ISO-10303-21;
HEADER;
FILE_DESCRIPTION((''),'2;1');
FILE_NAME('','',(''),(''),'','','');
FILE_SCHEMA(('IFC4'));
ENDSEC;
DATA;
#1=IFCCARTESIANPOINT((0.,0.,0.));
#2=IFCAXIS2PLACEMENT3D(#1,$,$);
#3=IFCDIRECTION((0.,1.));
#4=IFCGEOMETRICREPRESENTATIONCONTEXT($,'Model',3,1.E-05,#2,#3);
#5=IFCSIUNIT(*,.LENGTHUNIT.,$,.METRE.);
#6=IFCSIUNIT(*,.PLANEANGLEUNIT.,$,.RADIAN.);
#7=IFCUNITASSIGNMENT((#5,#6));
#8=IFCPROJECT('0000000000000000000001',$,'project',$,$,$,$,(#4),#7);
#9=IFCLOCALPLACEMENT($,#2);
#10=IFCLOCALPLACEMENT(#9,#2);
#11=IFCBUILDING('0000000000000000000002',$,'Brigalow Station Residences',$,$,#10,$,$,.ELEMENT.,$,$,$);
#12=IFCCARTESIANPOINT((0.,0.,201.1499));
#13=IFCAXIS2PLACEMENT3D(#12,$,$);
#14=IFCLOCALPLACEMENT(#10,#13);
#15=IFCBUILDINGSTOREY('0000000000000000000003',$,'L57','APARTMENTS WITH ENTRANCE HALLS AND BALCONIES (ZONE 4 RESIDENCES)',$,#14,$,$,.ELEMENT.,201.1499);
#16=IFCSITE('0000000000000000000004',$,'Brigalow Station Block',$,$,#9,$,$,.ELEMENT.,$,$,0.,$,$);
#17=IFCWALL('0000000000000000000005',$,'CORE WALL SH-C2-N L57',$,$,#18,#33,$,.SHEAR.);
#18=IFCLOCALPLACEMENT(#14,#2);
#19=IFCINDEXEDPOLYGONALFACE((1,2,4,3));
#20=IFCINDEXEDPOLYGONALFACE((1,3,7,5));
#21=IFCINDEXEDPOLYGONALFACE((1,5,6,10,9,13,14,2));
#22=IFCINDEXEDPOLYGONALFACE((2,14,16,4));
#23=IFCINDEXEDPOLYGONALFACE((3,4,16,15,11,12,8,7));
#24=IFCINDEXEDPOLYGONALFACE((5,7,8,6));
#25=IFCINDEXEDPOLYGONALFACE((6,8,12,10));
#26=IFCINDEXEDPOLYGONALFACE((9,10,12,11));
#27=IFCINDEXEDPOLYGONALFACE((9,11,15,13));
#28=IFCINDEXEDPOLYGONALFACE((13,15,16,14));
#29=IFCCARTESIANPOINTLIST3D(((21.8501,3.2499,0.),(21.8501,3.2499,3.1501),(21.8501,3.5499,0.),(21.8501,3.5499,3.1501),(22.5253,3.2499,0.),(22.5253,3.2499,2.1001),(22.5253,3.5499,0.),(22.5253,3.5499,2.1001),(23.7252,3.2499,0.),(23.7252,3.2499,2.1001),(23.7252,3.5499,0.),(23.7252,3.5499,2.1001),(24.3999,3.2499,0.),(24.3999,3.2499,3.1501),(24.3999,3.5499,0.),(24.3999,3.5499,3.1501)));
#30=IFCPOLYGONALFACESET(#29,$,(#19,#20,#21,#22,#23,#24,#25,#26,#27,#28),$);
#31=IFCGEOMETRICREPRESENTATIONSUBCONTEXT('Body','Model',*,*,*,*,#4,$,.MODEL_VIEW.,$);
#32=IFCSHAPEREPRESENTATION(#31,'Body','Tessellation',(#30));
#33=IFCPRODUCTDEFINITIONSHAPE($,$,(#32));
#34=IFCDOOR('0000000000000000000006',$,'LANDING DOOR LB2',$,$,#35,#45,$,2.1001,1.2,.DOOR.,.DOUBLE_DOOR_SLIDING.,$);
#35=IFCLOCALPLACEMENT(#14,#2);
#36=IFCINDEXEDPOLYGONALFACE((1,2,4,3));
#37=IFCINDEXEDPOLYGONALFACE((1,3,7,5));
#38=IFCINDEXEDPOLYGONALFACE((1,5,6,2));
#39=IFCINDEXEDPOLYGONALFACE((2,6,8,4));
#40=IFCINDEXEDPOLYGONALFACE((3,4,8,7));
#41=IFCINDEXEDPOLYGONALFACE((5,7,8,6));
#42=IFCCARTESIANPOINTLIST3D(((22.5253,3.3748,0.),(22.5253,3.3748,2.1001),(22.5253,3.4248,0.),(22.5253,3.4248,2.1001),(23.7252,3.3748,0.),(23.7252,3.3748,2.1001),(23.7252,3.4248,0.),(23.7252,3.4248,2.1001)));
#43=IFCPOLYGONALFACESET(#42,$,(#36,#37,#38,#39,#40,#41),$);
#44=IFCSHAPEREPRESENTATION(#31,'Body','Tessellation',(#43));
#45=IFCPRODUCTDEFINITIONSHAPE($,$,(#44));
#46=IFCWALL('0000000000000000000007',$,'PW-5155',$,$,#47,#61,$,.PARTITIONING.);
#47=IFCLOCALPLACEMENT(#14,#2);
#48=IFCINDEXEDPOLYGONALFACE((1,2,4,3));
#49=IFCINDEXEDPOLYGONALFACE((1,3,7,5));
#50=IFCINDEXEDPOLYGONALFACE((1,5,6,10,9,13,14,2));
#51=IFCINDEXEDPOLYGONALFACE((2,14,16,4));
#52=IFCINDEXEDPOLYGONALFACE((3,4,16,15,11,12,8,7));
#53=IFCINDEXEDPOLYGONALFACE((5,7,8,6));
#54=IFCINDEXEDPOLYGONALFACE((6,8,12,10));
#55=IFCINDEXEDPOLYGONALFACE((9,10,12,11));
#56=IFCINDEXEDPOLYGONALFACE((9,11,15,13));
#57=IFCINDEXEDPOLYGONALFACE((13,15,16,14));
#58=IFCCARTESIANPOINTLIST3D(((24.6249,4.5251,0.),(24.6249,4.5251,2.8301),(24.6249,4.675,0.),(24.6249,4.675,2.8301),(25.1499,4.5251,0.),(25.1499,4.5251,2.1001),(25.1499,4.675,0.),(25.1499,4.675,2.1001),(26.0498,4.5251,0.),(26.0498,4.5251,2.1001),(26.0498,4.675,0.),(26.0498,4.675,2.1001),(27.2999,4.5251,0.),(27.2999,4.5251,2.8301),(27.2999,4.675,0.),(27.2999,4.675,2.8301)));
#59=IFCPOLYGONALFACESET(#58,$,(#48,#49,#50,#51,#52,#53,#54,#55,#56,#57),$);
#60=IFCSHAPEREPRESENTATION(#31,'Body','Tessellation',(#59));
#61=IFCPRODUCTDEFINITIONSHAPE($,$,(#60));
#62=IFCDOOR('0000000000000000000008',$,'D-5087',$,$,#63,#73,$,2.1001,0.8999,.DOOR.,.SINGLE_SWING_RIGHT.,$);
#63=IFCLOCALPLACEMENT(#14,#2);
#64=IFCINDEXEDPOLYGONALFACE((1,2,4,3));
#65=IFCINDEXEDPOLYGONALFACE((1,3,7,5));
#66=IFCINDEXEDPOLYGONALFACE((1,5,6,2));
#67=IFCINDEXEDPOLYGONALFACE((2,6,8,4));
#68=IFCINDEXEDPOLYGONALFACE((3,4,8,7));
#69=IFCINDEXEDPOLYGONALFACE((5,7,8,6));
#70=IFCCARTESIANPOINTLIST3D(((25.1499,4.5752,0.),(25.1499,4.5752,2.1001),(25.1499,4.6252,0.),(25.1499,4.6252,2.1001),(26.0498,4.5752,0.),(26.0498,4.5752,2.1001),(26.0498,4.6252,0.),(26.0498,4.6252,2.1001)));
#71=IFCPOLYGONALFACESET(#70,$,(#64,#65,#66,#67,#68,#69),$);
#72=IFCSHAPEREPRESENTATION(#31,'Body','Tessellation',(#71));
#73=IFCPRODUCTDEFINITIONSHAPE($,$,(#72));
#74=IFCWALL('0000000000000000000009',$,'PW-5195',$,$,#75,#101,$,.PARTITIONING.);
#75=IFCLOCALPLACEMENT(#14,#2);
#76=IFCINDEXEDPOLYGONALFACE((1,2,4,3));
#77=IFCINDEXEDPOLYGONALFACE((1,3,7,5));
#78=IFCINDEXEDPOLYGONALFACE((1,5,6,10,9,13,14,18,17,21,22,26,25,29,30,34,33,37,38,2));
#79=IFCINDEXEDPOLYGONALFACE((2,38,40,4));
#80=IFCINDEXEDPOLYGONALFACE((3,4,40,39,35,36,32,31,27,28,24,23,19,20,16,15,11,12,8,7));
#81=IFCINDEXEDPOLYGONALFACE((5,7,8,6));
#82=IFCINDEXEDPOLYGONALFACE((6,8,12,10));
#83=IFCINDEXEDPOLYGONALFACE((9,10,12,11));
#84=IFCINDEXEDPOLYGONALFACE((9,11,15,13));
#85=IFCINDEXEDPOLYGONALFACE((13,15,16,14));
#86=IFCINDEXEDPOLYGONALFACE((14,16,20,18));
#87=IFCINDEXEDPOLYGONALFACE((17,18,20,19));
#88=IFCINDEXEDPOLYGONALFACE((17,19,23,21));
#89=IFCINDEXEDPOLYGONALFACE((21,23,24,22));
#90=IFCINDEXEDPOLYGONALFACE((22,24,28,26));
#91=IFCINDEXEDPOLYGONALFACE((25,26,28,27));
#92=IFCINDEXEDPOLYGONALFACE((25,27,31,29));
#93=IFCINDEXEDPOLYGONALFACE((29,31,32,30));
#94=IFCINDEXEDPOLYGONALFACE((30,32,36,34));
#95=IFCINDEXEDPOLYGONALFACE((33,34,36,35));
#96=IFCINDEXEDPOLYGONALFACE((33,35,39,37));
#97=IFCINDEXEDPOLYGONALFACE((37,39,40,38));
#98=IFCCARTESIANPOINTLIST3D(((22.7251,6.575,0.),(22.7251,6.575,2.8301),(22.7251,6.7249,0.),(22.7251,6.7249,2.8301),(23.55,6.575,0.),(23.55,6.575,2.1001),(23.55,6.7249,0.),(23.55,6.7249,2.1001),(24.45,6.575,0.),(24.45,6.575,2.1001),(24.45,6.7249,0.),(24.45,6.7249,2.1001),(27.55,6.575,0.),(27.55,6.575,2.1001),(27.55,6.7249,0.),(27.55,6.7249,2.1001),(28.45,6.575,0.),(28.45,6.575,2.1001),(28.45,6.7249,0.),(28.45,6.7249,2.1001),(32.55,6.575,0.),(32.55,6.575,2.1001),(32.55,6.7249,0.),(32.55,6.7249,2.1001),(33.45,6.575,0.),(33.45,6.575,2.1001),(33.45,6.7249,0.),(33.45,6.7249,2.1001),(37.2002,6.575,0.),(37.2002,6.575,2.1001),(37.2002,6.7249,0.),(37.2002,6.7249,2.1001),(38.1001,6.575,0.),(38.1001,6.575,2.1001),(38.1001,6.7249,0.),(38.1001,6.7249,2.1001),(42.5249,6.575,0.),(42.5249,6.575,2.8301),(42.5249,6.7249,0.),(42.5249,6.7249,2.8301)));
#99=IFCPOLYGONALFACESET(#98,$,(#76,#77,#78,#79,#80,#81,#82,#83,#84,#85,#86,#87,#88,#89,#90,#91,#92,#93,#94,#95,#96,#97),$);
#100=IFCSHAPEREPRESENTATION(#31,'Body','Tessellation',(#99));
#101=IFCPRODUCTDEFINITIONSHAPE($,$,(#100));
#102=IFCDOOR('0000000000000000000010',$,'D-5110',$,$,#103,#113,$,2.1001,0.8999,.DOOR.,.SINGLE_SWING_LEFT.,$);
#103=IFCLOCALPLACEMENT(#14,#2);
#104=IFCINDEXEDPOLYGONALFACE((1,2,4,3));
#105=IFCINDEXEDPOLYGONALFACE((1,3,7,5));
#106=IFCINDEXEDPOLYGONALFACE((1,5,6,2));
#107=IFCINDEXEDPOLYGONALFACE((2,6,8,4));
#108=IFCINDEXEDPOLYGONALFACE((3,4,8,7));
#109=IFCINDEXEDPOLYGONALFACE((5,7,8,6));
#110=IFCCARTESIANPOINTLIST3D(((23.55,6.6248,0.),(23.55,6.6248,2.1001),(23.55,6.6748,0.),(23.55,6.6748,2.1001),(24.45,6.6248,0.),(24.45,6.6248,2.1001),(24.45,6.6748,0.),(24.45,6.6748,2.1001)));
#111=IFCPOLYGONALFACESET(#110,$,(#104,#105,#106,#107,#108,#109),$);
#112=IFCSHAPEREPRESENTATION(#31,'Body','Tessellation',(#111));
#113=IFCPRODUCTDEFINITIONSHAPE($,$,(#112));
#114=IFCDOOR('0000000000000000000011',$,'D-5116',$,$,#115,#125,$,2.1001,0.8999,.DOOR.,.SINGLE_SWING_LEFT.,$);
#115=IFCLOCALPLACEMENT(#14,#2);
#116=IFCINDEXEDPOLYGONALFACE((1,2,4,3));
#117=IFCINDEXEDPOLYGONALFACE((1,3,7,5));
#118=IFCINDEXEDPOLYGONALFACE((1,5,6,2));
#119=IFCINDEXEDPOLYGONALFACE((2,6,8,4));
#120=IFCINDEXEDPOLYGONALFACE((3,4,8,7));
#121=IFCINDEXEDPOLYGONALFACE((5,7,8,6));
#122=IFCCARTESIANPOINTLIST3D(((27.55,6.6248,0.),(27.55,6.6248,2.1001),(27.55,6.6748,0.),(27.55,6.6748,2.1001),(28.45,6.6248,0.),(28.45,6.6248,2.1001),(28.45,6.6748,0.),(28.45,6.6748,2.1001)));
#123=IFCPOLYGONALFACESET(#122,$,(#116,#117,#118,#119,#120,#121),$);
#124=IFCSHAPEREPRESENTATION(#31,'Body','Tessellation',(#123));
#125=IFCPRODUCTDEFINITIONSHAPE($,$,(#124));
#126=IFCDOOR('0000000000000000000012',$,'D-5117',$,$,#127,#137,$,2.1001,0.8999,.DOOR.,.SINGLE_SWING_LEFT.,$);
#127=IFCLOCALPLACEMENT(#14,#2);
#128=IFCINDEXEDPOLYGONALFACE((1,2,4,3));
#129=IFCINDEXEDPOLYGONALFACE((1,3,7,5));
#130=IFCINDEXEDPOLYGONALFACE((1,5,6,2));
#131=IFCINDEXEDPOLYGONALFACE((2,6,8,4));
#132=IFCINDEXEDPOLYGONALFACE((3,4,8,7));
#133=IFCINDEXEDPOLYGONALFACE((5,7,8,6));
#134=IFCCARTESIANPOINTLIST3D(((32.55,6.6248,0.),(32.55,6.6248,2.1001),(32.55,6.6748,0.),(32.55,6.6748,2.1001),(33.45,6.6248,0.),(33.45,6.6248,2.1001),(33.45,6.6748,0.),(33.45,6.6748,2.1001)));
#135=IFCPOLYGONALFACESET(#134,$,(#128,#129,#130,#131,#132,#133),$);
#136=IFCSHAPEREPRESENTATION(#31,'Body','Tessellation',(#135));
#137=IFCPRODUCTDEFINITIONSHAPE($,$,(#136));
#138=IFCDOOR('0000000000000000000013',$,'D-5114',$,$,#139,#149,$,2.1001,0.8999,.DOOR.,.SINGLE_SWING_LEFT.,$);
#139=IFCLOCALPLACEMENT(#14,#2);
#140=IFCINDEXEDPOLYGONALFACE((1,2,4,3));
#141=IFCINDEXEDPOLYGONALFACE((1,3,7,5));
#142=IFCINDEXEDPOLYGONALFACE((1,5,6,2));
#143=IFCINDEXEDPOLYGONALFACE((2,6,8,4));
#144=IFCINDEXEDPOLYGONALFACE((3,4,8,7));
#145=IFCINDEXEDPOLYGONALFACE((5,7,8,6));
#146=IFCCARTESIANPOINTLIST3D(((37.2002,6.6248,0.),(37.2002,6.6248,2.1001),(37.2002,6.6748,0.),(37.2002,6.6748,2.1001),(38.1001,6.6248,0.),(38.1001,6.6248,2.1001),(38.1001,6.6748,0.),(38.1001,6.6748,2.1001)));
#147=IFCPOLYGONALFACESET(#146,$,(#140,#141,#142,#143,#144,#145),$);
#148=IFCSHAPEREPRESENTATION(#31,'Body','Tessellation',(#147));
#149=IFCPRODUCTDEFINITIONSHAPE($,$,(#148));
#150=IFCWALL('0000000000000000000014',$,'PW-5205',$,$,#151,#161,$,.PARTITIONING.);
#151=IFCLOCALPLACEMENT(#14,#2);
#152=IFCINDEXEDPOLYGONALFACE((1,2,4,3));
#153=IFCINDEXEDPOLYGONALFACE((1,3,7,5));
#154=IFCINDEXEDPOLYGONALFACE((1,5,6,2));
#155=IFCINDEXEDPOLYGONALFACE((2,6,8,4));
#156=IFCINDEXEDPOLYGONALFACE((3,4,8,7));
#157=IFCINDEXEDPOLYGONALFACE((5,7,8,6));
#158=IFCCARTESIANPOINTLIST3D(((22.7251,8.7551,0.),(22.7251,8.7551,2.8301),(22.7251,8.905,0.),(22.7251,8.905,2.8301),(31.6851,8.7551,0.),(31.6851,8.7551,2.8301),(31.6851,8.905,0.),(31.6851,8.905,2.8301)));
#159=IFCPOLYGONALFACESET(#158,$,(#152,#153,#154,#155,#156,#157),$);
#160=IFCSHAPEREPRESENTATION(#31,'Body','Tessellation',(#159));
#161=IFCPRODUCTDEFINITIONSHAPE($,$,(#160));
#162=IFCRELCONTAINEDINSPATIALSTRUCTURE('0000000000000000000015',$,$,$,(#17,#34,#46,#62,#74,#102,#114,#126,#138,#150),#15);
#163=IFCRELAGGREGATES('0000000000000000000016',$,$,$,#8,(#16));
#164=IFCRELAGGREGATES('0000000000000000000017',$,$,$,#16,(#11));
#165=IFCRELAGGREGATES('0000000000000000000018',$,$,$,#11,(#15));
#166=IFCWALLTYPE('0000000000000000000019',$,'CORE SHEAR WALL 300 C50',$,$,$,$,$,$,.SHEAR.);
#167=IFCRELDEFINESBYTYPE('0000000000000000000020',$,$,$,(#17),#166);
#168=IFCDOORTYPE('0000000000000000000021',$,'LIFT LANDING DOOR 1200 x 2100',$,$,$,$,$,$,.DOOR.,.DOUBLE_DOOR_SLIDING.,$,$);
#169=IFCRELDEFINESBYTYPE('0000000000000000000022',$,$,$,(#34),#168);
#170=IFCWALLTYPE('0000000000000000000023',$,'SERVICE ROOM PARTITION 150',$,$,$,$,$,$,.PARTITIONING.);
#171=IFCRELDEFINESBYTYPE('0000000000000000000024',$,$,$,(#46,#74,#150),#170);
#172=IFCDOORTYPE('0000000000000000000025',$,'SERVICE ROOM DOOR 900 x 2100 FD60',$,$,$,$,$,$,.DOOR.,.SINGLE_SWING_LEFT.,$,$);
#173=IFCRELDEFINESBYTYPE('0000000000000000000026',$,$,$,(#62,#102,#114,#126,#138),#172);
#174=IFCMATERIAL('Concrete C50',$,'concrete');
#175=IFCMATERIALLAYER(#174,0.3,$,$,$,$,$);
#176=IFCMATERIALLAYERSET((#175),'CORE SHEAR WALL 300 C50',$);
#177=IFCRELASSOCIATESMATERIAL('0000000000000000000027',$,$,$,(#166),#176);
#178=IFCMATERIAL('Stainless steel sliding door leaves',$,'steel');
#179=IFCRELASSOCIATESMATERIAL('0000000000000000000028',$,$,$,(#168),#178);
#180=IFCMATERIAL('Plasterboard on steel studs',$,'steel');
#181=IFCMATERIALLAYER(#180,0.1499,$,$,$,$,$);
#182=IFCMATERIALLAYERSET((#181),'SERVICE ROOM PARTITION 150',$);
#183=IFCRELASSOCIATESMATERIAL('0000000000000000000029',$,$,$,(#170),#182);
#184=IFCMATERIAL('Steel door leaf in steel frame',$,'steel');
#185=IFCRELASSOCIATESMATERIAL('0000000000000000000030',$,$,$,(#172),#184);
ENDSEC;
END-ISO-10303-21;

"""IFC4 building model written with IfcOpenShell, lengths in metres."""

from ifc_helpers import new_model, si_unit, direction, frame, frame_2d, origin, place, context, subcontext, project, spatial, rectangle, extrude, material, layer, layer_set, type_object, element, fill, save


model = new_model("IFC4")

# Units and contexts
model_context = context("Model", 3, precision=1e-05, world=origin(), true_north=direction((0.0, 1.0)))
body_context = subcontext(model_context, "Body", "Model", "MODEL_VIEW")
ifc_project = project(units=[si_unit("LENGTHUNIT", "METRE"), si_unit("PLANEANGLEUNIT", "RADIAN")], contexts=[model_context])

# Site, building, storey
site_placement = place(None, origin())
site = spatial("IfcSite", under=ifc_project, at=site_placement, Name="Brigalow Station Block", CompositionType="ELEMENT", RefElevation=0.0)
building_placement = place(site_placement, origin())
building = spatial("IfcBuilding", under=site, at=building_placement, Name="Brigalow Station Residences", CompositionType="ELEMENT")
storey_placement = place(building_placement, frame((0.0, 0.0, 201.1499)))
storey = spatial("IfcBuildingStorey", under=building, at=storey_placement, Name="L57", Description="APARTMENTS WITH ENTRANCE HALLS AND BALCONIES (ZONE 4 RESIDENCES)", CompositionType="ELEMENT", Elevation=201.1499)

# Walls, openings, doors
ifc_material_1 = material(Name="Concrete C50", Category="concrete")
ifc_layer_1 = layer(ifc_material_1, 0.3)
ifc_layer_set_1 = layer_set([ifc_layer_1], Name="CORE SHEAR WALL 300 C50")
wall_type_1 = type_object("IfcWallType", Name="CORE SHEAR WALL 300 C50", PredefinedType="SHEAR", material=ifc_layer_set_1)
wall_1_placement = place(storey_placement, frame((21.8501, 3.3999, 0.0), z_axis=(0.0, 0.0, 1.0), x_axis=(1.0, 0.0, 0.0)))
wall_1 = element("IfcWall", 1, at=wall_1_placement, inside=storey, type_object=wall_type_1, Name="CORE WALL SH-C2-N L57", PredefinedType="SHEAR", context=body_context, shape_type="SweptSolid", body=[
    extrude(rectangle(XDim=2.5498, YDim=0.3, at=frame_2d((1.2749, 0.0))), origin(), (0.0, 0.0, 1.0), 3.1501),
])
opening_1_placement = place(wall_1_placement, frame((0.675, 0.0, 0.0)))
opening_1 = element("IfcOpeningElement", 2, at=opening_1_placement, cuts=wall_1, PredefinedType="OPENING", context=body_context, shape_type="SweptSolid", body=[
    extrude(rectangle(XDim=1.2, YDim=2.1001, at=frame_2d((0.6001, 1.05))), frame((0.0, 0.1602, 0.0), z_axis=(0.0, -1.0, 0.0), x_axis=(1.0, 0.0, 0.0)), (0.0, 0.0, 1.0), 0.3201),
])
ifc_material_2 = material(Name="Stainless steel sliding door leaves", Category="steel")
door_type_1 = type_object("IfcDoorType", Name="LIFT LANDING DOOR 1200 x 2100", OperationType="DOUBLE_DOOR_SLIDING", PredefinedType="DOOR", material=ifc_material_2)
door_1_placement = place(opening_1_placement, origin())
door_1 = element("IfcDoor", 3, at=door_1_placement, inside=storey, type_object=door_type_1, Name="LANDING DOOR LB2", OperationType="DOUBLE_DOOR_SLIDING", OverallHeight=2.1001, OverallWidth=1.2, PredefinedType="DOOR", context=body_context, shape_type="SweptSolid", body=[
    extrude(rectangle(XDim=1.2, YDim=2.1001, at=frame_2d((0.6001, 1.05))), frame((0.0, 0.0249, 0.0), z_axis=(0.0, -1.0, 0.0), x_axis=(1.0, 0.0, 0.0)), (0.0, 0.0, 1.0), 0.05),
])
fill(opening_1, door_1)
ifc_material_3 = material(Name="Plasterboard on steel studs", Category="steel")
ifc_layer_2 = layer(ifc_material_3, 0.1499)
ifc_layer_set_2 = layer_set([ifc_layer_2], Name="SERVICE ROOM PARTITION 150")
wall_type_2 = type_object("IfcWallType", Name="SERVICE ROOM PARTITION 150", PredefinedType="PARTITIONING", material=ifc_layer_set_2)
wall_2_placement = place(storey_placement, frame((24.625, 4.6001, 0.0), z_axis=(0.0, 0.0, 1.0), x_axis=(1.0, 0.0, 0.0)))
wall_2 = element("IfcWall", 4, at=wall_2_placement, inside=storey, type_object=wall_type_2, Name="PW-5155", PredefinedType="PARTITIONING", context=body_context, shape_type="SweptSolid", body=[
    extrude(rectangle(XDim=2.675, YDim=0.1499, at=frame_2d((1.3374, 0.0))), origin(), (0.0, 0.0, 1.0), 2.8301),
])
opening_2_placement = place(wall_2_placement, frame((0.5249, 0.0, 0.0)))
opening_2 = element("IfcOpeningElement", 5, at=opening_2_placement, cuts=wall_2, PredefinedType="OPENING", context=body_context, shape_type="SweptSolid", body=[
    extrude(rectangle(XDim=0.8999, YDim=2.1001, at=frame_2d((0.45, 1.05))), frame((0.0, 0.085, 0.0), z_axis=(0.0, -1.0, 0.0), x_axis=(1.0, 0.0, 0.0)), (0.0, 0.0, 1.0), 0.1699),
])
ifc_material_4 = material(Name="Steel door leaf in steel frame", Category="steel")
door_type_2 = type_object("IfcDoorType", Name="SERVICE ROOM DOOR 900 x 2100 FD60", OperationType="SINGLE_SWING_LEFT", PredefinedType="DOOR", material=ifc_material_4)
door_2_placement = place(opening_2_placement, frame((0.8999, 0.0, 0.0), z_axis=(0.0, 0.0, 1.0), x_axis=(-1.0, 0.0, 0.0)))
door_2 = element("IfcDoor", 6, at=door_2_placement, inside=storey, type_object=door_type_2, Name="D-5087", OperationType="SINGLE_SWING_RIGHT", OverallHeight=2.1001, OverallWidth=0.8999, PredefinedType="DOOR", context=body_context, shape_type="SweptSolid", body=[
    extrude(rectangle(XDim=0.8999, YDim=2.1001, at=frame_2d((0.45, 1.05))), frame((0.0, 0.0249, 0.0), z_axis=(0.0, -1.0, 0.0), x_axis=(1.0, 0.0, 0.0)), (0.0, 0.0, 1.0), 0.05),
])
fill(opening_2, door_2)

# Wall, openings, doors
wall_3_placement = place(storey_placement, frame((22.7251, 6.6499, 0.0), z_axis=(0.0, 0.0, 1.0), x_axis=(1.0, 0.0, 0.0)))
wall_3 = element("IfcWall", 7, at=wall_3_placement, inside=storey, type_object=wall_type_2, Name="PW-5195", PredefinedType="PARTITIONING", context=body_context, shape_type="SweptSolid", body=[
    extrude(rectangle(XDim=19.7998, YDim=0.1499, at=frame_2d((9.8999, 0.0))), origin(), (0.0, 0.0, 1.0), 2.8301),
])
opening_3_placement = place(wall_3_placement, frame((0.825, 0.0, 0.0)))
opening_3 = element("IfcOpeningElement", 8, at=opening_3_placement, cuts=wall_3, PredefinedType="OPENING", context=body_context, shape_type="SweptSolid", body=[
    extrude(rectangle(XDim=0.8999, YDim=2.1001, at=frame_2d((0.45, 1.05))), frame((0.0, 0.085, 0.0), z_axis=(0.0, -1.0, 0.0), x_axis=(1.0, 0.0, 0.0)), (0.0, 0.0, 1.0), 0.1699),
])
opening_4_placement = place(wall_3_placement, frame((4.825, 0.0, 0.0)))
opening_4 = element("IfcOpeningElement", 9, at=opening_4_placement, cuts=wall_3, PredefinedType="OPENING", context=body_context, shape_type="SweptSolid", body=[
    extrude(rectangle(XDim=0.8999, YDim=2.1001, at=frame_2d((0.45, 1.05))), frame((0.0, 0.085, 0.0), z_axis=(0.0, -1.0, 0.0), x_axis=(1.0, 0.0, 0.0)), (0.0, 0.0, 1.0), 0.1699),
])
opening_5_placement = place(wall_3_placement, frame((9.825, 0.0, 0.0)))
opening_5 = element("IfcOpeningElement", 10, at=opening_5_placement, cuts=wall_3, PredefinedType="OPENING", context=body_context, shape_type="SweptSolid", body=[
    extrude(rectangle(XDim=0.8999, YDim=2.1001, at=frame_2d((0.45, 1.05))), frame((0.0, 0.085, 0.0), z_axis=(0.0, -1.0, 0.0), x_axis=(1.0, 0.0, 0.0)), (0.0, 0.0, 1.0), 0.1699),
])
opening_6_placement = place(wall_3_placement, frame((14.4751, 0.0, 0.0)))
opening_6 = element("IfcOpeningElement", 11, at=opening_6_placement, cuts=wall_3, PredefinedType="OPENING", context=body_context, shape_type="SweptSolid", body=[
    extrude(rectangle(XDim=0.8999, YDim=2.1001, at=frame_2d((0.45, 1.05))), frame((0.0, 0.085, 0.0), z_axis=(0.0, -1.0, 0.0), x_axis=(1.0, 0.0, 0.0)), (0.0, 0.0, 1.0), 0.1699),
])
door_3_placement = place(opening_3_placement, origin())
door_3 = element("IfcDoor", 12, at=door_3_placement, inside=storey, type_object=door_type_2, Name="D-5110", OperationType="SINGLE_SWING_LEFT", OverallHeight=2.1001, OverallWidth=0.8999, PredefinedType="DOOR", context=body_context, shape_type="SweptSolid", body=[
    extrude(rectangle(XDim=0.8999, YDim=2.1001, at=frame_2d((0.45, 1.05))), frame((0.0, 0.0249, 0.0), z_axis=(0.0, -1.0, 0.0), x_axis=(1.0, 0.0, 0.0)), (0.0, 0.0, 1.0), 0.05),
])
fill(opening_3, door_3)
door_4_placement = place(opening_4_placement, origin())
door_4 = element("IfcDoor", 13, at=door_4_placement, inside=storey, type_object=door_type_2, Name="D-5116", OperationType="SINGLE_SWING_LEFT", OverallHeight=2.1001, OverallWidth=0.8999, PredefinedType="DOOR", context=body_context, shape_type="SweptSolid", body=[
    extrude(rectangle(XDim=0.8999, YDim=2.1001, at=frame_2d((0.45, 1.05))), frame((0.0, 0.0249, 0.0), z_axis=(0.0, -1.0, 0.0), x_axis=(1.0, 0.0, 0.0)), (0.0, 0.0, 1.0), 0.05),
])
fill(opening_4, door_4)
door_5_placement = place(opening_5_placement, origin())
door_5 = element("IfcDoor", 14, at=door_5_placement, inside=storey, type_object=door_type_2, Name="D-5117", OperationType="SINGLE_SWING_LEFT", OverallHeight=2.1001, OverallWidth=0.8999, PredefinedType="DOOR", context=body_context, shape_type="SweptSolid", body=[
    extrude(rectangle(XDim=0.8999, YDim=2.1001, at=frame_2d((0.45, 1.05))), frame((0.0, 0.0249, 0.0), z_axis=(0.0, -1.0, 0.0), x_axis=(1.0, 0.0, 0.0)), (0.0, 0.0, 1.0), 0.05),
])
fill(opening_5, door_5)
door_6_placement = place(opening_6_placement, origin())
door_6 = element("IfcDoor", 15, at=door_6_placement, inside=storey, type_object=door_type_2, Name="D-5114", OperationType="SINGLE_SWING_LEFT", OverallHeight=2.1001, OverallWidth=0.8999, PredefinedType="DOOR", context=body_context, shape_type="SweptSolid", body=[
    extrude(rectangle(XDim=0.8999, YDim=2.1001, at=frame_2d((0.45, 1.05))), frame((0.0, 0.0249, 0.0), z_axis=(0.0, -1.0, 0.0), x_axis=(1.0, 0.0, 0.0)), (0.0, 0.0, 1.0), 0.05),
])
fill(opening_6, door_6)

# Wall
wall_4_placement = place(storey_placement, frame((22.7251, 8.8301, 0.0), z_axis=(0.0, 0.0, 1.0), x_axis=(1.0, 0.0, 0.0)))
element("IfcWall", 16, at=wall_4_placement, inside=storey, type_object=wall_type_2, Name="PW-5205", PredefinedType="PARTITIONING", context=body_context, shape_type="SweptSolid", body=[
    extrude(rectangle(XDim=8.96, YDim=0.1499, at=frame_2d((4.48, 0.0))), origin(), (0.0, 0.0, 1.0), 2.8301),
])

save(model, "model.ifc")
